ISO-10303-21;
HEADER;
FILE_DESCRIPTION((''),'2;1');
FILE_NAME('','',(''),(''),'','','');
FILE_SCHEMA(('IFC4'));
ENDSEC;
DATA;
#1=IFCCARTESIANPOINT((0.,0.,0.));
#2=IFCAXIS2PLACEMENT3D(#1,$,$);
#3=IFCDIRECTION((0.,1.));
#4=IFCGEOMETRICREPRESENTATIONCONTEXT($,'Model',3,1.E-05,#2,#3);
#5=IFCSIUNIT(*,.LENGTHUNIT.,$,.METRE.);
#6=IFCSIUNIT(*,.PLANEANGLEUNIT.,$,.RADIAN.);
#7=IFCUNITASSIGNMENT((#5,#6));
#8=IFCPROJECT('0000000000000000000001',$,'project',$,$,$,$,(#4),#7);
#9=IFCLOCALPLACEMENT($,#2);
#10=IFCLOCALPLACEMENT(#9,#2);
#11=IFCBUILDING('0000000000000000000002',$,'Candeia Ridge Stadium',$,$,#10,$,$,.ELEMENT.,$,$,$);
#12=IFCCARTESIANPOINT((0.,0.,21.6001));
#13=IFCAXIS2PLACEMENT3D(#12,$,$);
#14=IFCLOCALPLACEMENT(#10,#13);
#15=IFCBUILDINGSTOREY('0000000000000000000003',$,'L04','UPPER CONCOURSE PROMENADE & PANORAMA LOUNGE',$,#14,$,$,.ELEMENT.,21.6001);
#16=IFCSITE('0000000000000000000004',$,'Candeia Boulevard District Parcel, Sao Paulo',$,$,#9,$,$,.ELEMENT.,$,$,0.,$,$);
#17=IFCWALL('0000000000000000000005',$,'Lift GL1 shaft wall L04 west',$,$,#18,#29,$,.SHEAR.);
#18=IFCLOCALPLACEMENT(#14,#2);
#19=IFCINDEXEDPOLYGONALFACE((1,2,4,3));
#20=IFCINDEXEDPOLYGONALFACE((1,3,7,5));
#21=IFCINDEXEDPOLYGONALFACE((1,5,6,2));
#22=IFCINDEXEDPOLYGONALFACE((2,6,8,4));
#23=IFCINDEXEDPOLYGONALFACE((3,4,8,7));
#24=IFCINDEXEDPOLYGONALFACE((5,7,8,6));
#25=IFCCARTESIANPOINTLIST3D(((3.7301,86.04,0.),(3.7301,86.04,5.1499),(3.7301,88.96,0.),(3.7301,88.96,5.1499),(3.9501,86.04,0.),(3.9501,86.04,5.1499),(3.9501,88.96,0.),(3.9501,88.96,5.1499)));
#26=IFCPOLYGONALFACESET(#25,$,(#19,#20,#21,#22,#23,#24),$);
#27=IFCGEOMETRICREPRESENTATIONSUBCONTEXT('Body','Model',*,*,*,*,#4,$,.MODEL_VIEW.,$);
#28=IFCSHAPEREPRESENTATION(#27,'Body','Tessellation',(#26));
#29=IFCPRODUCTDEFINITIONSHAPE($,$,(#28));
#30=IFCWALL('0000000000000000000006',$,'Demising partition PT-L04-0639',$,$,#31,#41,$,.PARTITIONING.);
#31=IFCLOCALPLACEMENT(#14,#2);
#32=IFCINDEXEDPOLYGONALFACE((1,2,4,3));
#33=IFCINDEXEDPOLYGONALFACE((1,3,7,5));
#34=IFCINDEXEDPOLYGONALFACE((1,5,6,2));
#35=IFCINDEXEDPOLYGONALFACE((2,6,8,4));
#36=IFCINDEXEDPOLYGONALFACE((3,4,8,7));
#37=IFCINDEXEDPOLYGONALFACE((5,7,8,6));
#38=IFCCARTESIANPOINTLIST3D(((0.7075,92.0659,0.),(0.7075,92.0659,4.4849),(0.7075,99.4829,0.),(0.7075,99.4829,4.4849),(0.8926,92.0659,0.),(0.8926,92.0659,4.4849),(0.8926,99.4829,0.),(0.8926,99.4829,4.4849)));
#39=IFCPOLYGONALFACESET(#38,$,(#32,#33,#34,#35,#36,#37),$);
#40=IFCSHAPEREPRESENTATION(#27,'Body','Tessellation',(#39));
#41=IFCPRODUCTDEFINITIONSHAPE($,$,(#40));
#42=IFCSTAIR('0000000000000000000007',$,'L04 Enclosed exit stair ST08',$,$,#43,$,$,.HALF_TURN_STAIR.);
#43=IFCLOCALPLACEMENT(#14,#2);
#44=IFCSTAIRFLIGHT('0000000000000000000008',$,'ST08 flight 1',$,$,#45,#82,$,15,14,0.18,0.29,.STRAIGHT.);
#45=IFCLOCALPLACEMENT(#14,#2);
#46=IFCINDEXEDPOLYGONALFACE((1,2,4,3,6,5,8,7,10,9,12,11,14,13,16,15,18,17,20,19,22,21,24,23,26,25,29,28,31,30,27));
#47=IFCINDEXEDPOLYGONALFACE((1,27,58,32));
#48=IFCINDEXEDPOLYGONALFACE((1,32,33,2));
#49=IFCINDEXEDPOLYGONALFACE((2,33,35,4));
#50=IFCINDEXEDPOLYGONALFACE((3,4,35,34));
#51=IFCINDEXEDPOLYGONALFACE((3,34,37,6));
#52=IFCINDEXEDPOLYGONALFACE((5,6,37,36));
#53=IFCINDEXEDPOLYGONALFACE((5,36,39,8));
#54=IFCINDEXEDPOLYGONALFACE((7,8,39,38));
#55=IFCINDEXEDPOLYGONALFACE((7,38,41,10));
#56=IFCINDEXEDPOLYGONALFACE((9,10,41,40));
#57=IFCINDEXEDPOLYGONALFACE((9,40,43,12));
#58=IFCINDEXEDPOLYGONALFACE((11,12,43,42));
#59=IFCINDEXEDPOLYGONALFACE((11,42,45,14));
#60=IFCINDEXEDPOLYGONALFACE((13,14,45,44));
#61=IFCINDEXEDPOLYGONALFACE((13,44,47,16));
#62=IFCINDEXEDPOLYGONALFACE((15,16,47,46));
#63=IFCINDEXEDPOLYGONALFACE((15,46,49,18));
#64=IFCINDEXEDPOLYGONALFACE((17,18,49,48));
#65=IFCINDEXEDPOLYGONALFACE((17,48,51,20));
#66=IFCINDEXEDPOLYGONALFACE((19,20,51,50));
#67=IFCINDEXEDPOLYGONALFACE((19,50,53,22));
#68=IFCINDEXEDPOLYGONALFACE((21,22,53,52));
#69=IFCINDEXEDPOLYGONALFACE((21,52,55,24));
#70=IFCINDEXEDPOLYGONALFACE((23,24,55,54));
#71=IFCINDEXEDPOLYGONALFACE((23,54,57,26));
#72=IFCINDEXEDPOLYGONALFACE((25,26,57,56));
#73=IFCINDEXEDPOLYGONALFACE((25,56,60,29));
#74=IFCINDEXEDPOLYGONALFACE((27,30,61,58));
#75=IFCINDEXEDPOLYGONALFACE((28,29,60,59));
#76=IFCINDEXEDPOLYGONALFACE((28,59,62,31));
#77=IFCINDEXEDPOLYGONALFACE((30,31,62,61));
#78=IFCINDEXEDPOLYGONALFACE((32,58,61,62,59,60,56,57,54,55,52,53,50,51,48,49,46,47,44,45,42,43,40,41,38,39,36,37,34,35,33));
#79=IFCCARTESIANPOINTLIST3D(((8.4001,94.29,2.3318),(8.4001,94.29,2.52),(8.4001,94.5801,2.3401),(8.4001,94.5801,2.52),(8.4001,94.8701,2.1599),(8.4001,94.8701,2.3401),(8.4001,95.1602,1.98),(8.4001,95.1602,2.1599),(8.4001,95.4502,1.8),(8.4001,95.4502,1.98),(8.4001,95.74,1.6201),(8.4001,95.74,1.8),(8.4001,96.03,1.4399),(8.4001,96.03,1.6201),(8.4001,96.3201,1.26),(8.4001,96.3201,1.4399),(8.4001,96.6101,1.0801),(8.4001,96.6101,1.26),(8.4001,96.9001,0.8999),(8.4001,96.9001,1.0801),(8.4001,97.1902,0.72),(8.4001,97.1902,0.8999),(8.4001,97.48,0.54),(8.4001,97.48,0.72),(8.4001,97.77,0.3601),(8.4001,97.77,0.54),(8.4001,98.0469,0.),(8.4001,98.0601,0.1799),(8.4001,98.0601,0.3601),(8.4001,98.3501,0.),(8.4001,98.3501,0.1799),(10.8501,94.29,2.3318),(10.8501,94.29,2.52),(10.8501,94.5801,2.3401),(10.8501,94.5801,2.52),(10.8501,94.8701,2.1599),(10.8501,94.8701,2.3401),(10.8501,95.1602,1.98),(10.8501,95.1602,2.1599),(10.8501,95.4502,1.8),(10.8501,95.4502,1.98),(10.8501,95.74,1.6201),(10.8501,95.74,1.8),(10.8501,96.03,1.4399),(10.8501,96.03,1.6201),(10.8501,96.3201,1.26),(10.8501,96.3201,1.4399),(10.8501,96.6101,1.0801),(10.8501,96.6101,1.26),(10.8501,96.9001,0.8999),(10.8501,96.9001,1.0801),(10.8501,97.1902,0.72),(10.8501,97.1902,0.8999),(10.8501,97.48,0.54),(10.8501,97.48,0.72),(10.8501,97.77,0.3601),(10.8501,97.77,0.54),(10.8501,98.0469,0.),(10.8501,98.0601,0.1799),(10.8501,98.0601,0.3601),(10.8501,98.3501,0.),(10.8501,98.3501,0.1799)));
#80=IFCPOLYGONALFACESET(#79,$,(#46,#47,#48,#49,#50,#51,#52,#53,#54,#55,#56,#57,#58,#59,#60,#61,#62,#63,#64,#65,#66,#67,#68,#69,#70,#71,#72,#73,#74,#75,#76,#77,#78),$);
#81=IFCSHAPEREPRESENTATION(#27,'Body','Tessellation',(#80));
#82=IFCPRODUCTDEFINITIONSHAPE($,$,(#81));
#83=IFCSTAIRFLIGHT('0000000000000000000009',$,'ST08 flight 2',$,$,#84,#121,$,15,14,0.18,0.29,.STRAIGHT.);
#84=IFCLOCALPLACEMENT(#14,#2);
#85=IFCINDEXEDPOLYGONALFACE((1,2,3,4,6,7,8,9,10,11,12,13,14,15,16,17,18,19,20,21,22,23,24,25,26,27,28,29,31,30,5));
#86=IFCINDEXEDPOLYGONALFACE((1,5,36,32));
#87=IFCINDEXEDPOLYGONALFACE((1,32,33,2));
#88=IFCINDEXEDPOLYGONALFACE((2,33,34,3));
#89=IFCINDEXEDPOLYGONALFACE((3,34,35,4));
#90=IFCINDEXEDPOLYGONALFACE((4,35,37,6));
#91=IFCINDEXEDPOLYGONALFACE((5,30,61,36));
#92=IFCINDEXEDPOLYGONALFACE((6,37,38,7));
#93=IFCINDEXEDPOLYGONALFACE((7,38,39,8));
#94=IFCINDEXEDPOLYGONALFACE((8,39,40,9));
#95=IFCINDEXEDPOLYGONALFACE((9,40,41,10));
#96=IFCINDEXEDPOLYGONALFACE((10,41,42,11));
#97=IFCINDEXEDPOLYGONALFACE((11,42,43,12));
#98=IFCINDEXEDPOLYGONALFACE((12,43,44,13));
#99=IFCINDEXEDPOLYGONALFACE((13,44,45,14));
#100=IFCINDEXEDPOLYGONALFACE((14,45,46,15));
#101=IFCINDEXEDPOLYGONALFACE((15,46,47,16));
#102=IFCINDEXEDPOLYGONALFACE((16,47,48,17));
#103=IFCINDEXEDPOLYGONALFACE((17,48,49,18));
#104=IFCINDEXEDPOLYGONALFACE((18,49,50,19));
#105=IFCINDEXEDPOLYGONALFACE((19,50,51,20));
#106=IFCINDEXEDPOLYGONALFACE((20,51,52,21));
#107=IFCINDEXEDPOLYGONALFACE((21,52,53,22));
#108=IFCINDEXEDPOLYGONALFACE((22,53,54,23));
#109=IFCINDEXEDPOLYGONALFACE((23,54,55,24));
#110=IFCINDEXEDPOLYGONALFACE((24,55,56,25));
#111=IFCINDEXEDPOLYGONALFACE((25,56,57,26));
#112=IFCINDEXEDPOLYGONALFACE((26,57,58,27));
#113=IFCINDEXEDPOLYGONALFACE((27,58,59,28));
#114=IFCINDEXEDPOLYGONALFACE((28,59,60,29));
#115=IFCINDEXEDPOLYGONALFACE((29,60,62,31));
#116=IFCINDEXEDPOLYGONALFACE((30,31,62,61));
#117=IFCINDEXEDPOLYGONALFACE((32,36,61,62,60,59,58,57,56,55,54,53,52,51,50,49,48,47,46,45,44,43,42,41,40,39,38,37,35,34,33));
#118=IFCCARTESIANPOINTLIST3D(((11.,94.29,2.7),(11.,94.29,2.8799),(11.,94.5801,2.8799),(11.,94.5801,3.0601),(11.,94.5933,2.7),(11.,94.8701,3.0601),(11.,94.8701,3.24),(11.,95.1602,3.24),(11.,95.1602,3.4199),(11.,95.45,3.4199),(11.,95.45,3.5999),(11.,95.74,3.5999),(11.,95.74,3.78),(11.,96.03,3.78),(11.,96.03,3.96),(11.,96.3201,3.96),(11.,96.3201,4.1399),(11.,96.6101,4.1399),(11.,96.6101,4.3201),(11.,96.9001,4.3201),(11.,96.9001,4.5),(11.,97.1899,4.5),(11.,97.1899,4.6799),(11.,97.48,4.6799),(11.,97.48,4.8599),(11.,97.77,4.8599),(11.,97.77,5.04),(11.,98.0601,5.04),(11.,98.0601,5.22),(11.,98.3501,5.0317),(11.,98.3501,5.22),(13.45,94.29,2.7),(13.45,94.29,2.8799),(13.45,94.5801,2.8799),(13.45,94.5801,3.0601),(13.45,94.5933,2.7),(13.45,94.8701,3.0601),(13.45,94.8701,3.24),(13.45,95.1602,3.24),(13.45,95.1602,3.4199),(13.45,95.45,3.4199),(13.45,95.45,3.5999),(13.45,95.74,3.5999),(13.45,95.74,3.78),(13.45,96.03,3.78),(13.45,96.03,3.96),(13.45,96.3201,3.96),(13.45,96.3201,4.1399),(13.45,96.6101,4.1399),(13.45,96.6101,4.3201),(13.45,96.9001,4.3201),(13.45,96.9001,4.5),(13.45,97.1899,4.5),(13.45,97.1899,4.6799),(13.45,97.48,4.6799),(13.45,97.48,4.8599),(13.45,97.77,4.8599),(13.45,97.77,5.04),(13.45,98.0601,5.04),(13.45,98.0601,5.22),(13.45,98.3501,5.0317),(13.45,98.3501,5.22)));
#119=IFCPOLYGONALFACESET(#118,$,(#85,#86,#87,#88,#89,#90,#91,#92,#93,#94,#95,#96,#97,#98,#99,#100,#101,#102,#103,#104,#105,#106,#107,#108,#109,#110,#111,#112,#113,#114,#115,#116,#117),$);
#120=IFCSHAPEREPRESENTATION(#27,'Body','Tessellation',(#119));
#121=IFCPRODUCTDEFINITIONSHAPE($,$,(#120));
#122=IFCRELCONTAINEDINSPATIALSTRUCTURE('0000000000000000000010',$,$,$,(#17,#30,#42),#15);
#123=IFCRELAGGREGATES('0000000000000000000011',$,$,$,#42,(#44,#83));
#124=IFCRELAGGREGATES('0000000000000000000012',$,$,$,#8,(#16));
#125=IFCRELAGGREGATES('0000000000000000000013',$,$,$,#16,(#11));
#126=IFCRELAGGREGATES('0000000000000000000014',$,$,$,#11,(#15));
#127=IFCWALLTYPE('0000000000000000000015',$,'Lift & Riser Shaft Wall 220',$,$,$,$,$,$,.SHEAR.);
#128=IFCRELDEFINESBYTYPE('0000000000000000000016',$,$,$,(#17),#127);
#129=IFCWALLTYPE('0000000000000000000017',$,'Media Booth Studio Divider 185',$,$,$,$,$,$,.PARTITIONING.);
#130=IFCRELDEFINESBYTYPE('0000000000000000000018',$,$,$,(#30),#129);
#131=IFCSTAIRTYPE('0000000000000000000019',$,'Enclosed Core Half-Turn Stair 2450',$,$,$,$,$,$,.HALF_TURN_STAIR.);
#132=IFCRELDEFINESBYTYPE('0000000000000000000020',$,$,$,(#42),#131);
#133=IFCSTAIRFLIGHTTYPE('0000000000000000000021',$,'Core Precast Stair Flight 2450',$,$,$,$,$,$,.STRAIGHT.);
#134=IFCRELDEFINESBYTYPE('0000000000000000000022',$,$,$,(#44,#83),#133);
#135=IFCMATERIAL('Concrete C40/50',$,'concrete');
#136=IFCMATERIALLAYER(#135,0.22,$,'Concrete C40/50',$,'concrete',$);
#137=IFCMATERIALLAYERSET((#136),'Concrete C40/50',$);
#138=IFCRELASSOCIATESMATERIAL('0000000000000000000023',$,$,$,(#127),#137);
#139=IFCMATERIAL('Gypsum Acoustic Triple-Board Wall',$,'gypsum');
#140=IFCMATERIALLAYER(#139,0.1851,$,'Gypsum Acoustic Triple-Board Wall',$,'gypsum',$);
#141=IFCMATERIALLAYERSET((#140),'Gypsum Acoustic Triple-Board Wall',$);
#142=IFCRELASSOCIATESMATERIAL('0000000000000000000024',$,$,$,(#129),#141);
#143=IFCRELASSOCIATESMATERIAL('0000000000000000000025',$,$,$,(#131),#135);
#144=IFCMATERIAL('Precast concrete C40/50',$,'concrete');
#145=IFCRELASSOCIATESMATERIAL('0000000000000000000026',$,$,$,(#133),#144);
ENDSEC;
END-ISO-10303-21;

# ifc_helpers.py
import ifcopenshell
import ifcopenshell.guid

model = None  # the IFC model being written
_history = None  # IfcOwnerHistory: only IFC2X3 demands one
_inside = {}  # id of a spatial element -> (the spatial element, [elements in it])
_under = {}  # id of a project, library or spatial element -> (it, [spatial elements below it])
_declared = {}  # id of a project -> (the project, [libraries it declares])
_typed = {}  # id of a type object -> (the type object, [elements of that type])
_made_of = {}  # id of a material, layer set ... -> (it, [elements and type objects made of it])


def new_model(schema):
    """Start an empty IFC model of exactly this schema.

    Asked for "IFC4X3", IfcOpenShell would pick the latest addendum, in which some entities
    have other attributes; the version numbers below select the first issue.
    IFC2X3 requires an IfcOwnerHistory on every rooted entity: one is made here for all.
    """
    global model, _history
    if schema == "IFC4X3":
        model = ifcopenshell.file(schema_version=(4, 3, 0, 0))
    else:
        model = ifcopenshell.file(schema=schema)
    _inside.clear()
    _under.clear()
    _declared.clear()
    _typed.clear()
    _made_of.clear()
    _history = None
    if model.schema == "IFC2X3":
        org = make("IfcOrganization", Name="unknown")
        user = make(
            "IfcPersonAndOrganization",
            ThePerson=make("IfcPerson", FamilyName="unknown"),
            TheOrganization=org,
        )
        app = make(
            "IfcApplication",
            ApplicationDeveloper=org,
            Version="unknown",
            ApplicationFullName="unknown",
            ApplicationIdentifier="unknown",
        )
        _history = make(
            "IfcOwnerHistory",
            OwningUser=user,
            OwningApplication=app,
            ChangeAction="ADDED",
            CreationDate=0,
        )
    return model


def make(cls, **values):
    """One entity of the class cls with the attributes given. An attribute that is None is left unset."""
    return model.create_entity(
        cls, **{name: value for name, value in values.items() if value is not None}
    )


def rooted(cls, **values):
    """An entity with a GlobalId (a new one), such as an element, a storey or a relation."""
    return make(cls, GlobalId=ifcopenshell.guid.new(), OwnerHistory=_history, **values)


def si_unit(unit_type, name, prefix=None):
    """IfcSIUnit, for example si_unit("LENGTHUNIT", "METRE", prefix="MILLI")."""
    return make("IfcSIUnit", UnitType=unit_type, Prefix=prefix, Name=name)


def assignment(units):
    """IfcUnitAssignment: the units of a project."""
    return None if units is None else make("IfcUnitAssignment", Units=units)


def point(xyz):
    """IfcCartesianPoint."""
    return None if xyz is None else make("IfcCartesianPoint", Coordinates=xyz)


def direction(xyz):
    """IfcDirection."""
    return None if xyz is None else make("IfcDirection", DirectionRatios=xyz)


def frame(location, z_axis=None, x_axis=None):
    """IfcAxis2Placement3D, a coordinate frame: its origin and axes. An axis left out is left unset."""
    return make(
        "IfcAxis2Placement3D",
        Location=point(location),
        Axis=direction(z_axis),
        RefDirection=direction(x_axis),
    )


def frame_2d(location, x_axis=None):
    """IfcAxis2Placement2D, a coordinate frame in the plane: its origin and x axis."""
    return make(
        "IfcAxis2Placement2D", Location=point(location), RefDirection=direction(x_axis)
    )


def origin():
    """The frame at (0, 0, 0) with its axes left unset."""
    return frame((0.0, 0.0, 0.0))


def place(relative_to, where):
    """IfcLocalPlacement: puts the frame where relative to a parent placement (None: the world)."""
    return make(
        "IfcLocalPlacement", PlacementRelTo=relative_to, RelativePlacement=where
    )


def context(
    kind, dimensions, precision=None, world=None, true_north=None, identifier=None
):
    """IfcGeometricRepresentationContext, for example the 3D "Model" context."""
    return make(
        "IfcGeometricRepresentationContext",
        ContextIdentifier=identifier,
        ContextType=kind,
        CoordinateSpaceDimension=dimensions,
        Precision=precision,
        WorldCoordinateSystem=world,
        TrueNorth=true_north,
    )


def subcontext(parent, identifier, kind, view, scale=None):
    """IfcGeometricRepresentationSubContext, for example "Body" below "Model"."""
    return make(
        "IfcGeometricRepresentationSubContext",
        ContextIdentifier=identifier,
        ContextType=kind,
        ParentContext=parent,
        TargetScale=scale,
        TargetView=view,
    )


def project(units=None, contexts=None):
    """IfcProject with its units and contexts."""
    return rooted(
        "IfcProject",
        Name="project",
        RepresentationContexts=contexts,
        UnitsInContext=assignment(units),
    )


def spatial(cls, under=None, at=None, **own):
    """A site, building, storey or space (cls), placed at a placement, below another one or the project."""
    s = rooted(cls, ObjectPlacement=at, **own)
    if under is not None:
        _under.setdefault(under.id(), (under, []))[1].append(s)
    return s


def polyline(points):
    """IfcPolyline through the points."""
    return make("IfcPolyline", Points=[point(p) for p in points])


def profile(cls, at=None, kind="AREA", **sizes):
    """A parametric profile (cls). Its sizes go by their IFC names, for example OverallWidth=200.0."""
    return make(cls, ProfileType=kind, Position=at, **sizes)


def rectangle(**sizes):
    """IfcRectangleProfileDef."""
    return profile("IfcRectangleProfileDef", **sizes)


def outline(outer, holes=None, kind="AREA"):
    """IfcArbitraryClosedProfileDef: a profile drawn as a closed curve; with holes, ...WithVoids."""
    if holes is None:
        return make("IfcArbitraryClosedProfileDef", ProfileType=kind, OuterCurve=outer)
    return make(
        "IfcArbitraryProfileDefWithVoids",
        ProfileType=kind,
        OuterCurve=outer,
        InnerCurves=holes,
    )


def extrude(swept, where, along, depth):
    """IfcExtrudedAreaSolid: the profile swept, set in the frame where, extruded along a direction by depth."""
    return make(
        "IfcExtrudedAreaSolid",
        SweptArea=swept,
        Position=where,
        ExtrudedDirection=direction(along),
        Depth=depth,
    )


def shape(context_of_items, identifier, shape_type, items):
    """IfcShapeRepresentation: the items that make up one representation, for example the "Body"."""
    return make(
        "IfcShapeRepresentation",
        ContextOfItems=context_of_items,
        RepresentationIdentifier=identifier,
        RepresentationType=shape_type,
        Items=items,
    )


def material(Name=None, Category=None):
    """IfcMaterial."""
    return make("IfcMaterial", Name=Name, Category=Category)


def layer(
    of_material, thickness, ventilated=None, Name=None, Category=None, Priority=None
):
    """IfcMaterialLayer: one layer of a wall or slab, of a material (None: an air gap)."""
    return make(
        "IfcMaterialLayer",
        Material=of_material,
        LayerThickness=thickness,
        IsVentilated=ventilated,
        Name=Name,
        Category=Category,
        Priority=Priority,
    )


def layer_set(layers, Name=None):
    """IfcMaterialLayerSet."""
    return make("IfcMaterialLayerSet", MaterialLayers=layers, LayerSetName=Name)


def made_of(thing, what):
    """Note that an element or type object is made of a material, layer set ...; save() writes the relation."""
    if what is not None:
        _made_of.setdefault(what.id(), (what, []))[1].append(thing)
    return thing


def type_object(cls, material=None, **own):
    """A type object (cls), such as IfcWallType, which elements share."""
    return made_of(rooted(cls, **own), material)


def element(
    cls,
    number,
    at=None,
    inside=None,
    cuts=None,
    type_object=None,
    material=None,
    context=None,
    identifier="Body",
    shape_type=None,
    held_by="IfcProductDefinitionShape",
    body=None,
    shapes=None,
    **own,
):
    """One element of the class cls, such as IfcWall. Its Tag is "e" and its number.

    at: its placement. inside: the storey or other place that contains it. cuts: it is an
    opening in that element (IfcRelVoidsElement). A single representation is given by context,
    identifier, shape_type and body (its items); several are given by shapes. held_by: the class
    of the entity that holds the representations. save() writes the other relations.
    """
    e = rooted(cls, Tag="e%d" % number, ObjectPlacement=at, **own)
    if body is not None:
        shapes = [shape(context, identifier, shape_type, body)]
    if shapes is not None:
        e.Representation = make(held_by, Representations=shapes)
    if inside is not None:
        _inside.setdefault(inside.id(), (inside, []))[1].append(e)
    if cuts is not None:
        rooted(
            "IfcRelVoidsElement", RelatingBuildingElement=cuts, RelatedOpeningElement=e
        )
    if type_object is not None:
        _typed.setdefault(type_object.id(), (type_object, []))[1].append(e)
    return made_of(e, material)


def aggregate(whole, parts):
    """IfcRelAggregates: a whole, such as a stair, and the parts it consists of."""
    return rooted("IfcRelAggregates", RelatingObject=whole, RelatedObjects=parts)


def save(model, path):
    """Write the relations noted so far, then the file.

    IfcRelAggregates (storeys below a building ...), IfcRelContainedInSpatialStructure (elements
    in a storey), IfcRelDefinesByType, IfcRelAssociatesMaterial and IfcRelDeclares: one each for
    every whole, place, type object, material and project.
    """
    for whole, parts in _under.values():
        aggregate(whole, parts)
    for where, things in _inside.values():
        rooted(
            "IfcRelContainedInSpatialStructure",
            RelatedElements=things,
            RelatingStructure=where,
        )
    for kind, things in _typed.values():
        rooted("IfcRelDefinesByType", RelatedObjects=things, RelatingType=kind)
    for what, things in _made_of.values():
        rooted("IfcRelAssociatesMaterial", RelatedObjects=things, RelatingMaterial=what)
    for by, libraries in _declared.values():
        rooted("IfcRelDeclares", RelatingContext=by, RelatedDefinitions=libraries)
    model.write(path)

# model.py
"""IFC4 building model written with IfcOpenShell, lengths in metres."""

from ifc_helpers import new_model, si_unit, direction, frame, frame_2d, origin, place, context, subcontext, project, spatial, polyline, rectangle, outline, extrude, material, layer, layer_set, type_object, element, aggregate, save


model = new_model("IFC4")

# Units and contexts
model_context = context("Model", 3, precision=1e-05, world=origin(), true_north=direction((0.0, 1.0)))
body_context = subcontext(model_context, "Body", "Model", "MODEL_VIEW")
ifc_project = project(units=[si_unit("LENGTHUNIT", "METRE"), si_unit("PLANEANGLEUNIT", "RADIAN")], contexts=[model_context])

# Site, building, storey
site_placement = place(None, origin())
site = spatial("IfcSite", under=ifc_project, at=site_placement, Name="Candeia Boulevard District Parcel, Sao Paulo", CompositionType="ELEMENT", RefElevation=0.0)
building_placement = place(site_placement, origin())
building = spatial("IfcBuilding", under=site, at=building_placement, Name="Candeia Ridge Stadium", CompositionType="ELEMENT")
storey_placement = place(building_placement, frame((0.0, 0.0, 21.6001)))
storey = spatial("IfcBuildingStorey", under=building, at=storey_placement, Name="L04", Description="UPPER CONCOURSE PROMENADE & PANORAMA LOUNGE", CompositionType="ELEMENT", Elevation=21.6001)

# Shared definitions
ifc_material_1 = material(Name="Concrete C40/50", Category="concrete")

# Walls
ifc_layer_1 = layer(ifc_material_1, 0.22, Name="Concrete C40/50", Category="concrete")
ifc_layer_set_1 = layer_set([ifc_layer_1], Name="Concrete C40/50")
wall_type_1 = type_object("IfcWallType", Name="Lift & Riser Shaft Wall 220", PredefinedType="SHEAR", material=ifc_layer_set_1)
wall_1_placement = place(storey_placement, frame((3.8401, 88.96, 0.0), z_axis=(0.0, 0.0, 1.0), x_axis=(0.0, -1.0, 0.0)))
element("IfcWall", 1, at=wall_1_placement, inside=storey, type_object=wall_type_1, Name="Lift GL1 shaft wall L04 west", PredefinedType="SHEAR", context=body_context, shape_type="SweptSolid", body=[
    extrude(rectangle(XDim=2.9199, YDim=0.22, at=frame_2d((1.46, 0.0))), origin(), (0.0, 0.0, 1.0), 5.1499),
])
ifc_material_2 = material(Name="Gypsum Acoustic Triple-Board Wall", Category="gypsum")
ifc_layer_2 = layer(ifc_material_2, 0.1851, Name="Gypsum Acoustic Triple-Board Wall", Category="gypsum")
ifc_layer_set_2 = layer_set([ifc_layer_2], Name="Gypsum Acoustic Triple-Board Wall")
wall_type_2 = type_object("IfcWallType", Name="Media Booth Studio Divider 185", PredefinedType="PARTITIONING", material=ifc_layer_set_2)
wall_2_placement = place(storey_placement, frame((0.8, 92.0659, 0.0), z_axis=(0.0, 0.0, 1.0), x_axis=(0.0, 1.0, 0.0)))
element("IfcWall", 2, at=wall_2_placement, inside=storey, type_object=wall_type_2, Name="Demising partition PT-L04-0639", PredefinedType="PARTITIONING", context=body_context, shape_type="SweptSolid", body=[
    extrude(rectangle(XDim=7.417, YDim=0.1851, at=frame_2d((3.7085, 0.0))), origin(), (0.0, 0.0, 1.0), 4.4849),
])

# Stair, stair flights
stair_type = type_object("IfcStairType", Name="Enclosed Core Half-Turn Stair 2450", PredefinedType="HALF_TURN_STAIR", material=ifc_material_1)
stair_placement = place(storey_placement, origin())
stair = element("IfcStair", 3, at=stair_placement, inside=storey, type_object=stair_type, Name="L04 Enclosed exit stair ST08", PredefinedType="HALF_TURN_STAIR")
ifc_material_3 = material(Name="Precast concrete C40/50", Category="concrete")
stair_flight_type = type_object("IfcStairFlightType", Name="Core Precast Stair Flight 2450", PredefinedType="STRAIGHT", material=ifc_material_3)
stair_flight_1_placement = place(storey_placement, frame((9.625, 98.3501, 0.0), z_axis=(0.0, 0.0, 1.0), x_axis=(0.0, -1.0, 0.0)))
stair_flight_1 = element("IfcStairFlight", 4, at=stair_flight_1_placement, type_object=stair_flight_type, Name="ST08 flight 1", NumberOfRisers=15, NumberOfTreads=14, PredefinedType="STRAIGHT", RiserHeight=0.18, TreadLength=0.29, context=body_context, shape_type="SweptSolid", body=[
    extrude(outline(polyline([(0.0, 0.0), (0.0, 0.1799), (0.29, 0.1799), (0.29, 0.3601), (0.5801, 0.3601), (0.5801, 0.54), (0.8701, 0.54), (0.8701, 0.72), (1.1599, 0.72), (1.1599, 0.8999), (1.45, 0.8999), (1.45, 1.0801), (1.74, 1.0801), (1.74, 1.26), (2.03, 1.26), (2.03, 1.4399), (2.3201, 1.4399), (2.3201, 1.6201), (2.6101, 1.6201), (2.6101, 1.8), (2.8999, 1.8), (2.8999, 1.98), (3.1899, 1.98), (3.1899, 2.1599), (3.48, 2.1599), (3.48, 2.3401), (3.77, 2.3401), (3.77, 2.52), (4.0601, 2.52), (4.0601, 2.7), (4.0601, 2.3318), (0.3032, 0.0), (0.0, 0.0)])), frame((0.0, 1.2251, 0.0), z_axis=(0.0, -1.0, 0.0), x_axis=(1.0, 0.0, 0.0)), (0.0, 0.0, 1.0), 2.45),
])
stair_flight_2_placement = place(storey_placement, frame((12.2251, 94.29, 2.7), z_axis=(0.0, 0.0, 1.0), x_axis=(0.0, 1.0, 0.0)))
stair_flight_2 = element("IfcStairFlight", 5, at=stair_flight_2_placement, type_object=stair_flight_type, Name="ST08 flight 2", NumberOfRisers=15, NumberOfTreads=14, PredefinedType="STRAIGHT", RiserHeight=0.18, TreadLength=0.29, context=body_context, shape_type="SweptSolid", body=[
    extrude(outline(polyline([(0.0, 0.0), (0.0, 0.1799), (0.29, 0.1799), (0.29, 0.3601), (0.5801, 0.3601), (0.5801, 0.54), (0.8701, 0.54), (0.8701, 0.72), (1.1599, 0.72), (1.1599, 0.8999), (1.45, 0.8999), (1.45, 1.0801), (1.74, 1.0801), (1.74, 1.26), (2.03, 1.26), (2.03, 1.4399), (2.3201, 1.4399), (2.3201, 1.6201), (2.6101, 1.6201), (2.6101, 1.8), (2.8999, 1.8), (2.8999, 1.98), (3.1899, 1.98), (3.1899, 2.1599), (3.48, 2.1599), (3.48, 2.3401), (3.77, 2.3401), (3.77, 2.52), (4.0601, 2.52), (4.0601, 2.7), (4.0601, 2.3318), (0.3032, 0.0), (0.0, 0.0)])), frame((0.0, 1.2251, 0.0), z_axis=(0.0, -1.0, 0.0), x_axis=(1.0, 0.0, 0.0)), (0.0, 0.0, 1.0), 2.45),
])
aggregate(stair, [stair_flight_1, stair_flight_2])

save(model, "model.ifc")
